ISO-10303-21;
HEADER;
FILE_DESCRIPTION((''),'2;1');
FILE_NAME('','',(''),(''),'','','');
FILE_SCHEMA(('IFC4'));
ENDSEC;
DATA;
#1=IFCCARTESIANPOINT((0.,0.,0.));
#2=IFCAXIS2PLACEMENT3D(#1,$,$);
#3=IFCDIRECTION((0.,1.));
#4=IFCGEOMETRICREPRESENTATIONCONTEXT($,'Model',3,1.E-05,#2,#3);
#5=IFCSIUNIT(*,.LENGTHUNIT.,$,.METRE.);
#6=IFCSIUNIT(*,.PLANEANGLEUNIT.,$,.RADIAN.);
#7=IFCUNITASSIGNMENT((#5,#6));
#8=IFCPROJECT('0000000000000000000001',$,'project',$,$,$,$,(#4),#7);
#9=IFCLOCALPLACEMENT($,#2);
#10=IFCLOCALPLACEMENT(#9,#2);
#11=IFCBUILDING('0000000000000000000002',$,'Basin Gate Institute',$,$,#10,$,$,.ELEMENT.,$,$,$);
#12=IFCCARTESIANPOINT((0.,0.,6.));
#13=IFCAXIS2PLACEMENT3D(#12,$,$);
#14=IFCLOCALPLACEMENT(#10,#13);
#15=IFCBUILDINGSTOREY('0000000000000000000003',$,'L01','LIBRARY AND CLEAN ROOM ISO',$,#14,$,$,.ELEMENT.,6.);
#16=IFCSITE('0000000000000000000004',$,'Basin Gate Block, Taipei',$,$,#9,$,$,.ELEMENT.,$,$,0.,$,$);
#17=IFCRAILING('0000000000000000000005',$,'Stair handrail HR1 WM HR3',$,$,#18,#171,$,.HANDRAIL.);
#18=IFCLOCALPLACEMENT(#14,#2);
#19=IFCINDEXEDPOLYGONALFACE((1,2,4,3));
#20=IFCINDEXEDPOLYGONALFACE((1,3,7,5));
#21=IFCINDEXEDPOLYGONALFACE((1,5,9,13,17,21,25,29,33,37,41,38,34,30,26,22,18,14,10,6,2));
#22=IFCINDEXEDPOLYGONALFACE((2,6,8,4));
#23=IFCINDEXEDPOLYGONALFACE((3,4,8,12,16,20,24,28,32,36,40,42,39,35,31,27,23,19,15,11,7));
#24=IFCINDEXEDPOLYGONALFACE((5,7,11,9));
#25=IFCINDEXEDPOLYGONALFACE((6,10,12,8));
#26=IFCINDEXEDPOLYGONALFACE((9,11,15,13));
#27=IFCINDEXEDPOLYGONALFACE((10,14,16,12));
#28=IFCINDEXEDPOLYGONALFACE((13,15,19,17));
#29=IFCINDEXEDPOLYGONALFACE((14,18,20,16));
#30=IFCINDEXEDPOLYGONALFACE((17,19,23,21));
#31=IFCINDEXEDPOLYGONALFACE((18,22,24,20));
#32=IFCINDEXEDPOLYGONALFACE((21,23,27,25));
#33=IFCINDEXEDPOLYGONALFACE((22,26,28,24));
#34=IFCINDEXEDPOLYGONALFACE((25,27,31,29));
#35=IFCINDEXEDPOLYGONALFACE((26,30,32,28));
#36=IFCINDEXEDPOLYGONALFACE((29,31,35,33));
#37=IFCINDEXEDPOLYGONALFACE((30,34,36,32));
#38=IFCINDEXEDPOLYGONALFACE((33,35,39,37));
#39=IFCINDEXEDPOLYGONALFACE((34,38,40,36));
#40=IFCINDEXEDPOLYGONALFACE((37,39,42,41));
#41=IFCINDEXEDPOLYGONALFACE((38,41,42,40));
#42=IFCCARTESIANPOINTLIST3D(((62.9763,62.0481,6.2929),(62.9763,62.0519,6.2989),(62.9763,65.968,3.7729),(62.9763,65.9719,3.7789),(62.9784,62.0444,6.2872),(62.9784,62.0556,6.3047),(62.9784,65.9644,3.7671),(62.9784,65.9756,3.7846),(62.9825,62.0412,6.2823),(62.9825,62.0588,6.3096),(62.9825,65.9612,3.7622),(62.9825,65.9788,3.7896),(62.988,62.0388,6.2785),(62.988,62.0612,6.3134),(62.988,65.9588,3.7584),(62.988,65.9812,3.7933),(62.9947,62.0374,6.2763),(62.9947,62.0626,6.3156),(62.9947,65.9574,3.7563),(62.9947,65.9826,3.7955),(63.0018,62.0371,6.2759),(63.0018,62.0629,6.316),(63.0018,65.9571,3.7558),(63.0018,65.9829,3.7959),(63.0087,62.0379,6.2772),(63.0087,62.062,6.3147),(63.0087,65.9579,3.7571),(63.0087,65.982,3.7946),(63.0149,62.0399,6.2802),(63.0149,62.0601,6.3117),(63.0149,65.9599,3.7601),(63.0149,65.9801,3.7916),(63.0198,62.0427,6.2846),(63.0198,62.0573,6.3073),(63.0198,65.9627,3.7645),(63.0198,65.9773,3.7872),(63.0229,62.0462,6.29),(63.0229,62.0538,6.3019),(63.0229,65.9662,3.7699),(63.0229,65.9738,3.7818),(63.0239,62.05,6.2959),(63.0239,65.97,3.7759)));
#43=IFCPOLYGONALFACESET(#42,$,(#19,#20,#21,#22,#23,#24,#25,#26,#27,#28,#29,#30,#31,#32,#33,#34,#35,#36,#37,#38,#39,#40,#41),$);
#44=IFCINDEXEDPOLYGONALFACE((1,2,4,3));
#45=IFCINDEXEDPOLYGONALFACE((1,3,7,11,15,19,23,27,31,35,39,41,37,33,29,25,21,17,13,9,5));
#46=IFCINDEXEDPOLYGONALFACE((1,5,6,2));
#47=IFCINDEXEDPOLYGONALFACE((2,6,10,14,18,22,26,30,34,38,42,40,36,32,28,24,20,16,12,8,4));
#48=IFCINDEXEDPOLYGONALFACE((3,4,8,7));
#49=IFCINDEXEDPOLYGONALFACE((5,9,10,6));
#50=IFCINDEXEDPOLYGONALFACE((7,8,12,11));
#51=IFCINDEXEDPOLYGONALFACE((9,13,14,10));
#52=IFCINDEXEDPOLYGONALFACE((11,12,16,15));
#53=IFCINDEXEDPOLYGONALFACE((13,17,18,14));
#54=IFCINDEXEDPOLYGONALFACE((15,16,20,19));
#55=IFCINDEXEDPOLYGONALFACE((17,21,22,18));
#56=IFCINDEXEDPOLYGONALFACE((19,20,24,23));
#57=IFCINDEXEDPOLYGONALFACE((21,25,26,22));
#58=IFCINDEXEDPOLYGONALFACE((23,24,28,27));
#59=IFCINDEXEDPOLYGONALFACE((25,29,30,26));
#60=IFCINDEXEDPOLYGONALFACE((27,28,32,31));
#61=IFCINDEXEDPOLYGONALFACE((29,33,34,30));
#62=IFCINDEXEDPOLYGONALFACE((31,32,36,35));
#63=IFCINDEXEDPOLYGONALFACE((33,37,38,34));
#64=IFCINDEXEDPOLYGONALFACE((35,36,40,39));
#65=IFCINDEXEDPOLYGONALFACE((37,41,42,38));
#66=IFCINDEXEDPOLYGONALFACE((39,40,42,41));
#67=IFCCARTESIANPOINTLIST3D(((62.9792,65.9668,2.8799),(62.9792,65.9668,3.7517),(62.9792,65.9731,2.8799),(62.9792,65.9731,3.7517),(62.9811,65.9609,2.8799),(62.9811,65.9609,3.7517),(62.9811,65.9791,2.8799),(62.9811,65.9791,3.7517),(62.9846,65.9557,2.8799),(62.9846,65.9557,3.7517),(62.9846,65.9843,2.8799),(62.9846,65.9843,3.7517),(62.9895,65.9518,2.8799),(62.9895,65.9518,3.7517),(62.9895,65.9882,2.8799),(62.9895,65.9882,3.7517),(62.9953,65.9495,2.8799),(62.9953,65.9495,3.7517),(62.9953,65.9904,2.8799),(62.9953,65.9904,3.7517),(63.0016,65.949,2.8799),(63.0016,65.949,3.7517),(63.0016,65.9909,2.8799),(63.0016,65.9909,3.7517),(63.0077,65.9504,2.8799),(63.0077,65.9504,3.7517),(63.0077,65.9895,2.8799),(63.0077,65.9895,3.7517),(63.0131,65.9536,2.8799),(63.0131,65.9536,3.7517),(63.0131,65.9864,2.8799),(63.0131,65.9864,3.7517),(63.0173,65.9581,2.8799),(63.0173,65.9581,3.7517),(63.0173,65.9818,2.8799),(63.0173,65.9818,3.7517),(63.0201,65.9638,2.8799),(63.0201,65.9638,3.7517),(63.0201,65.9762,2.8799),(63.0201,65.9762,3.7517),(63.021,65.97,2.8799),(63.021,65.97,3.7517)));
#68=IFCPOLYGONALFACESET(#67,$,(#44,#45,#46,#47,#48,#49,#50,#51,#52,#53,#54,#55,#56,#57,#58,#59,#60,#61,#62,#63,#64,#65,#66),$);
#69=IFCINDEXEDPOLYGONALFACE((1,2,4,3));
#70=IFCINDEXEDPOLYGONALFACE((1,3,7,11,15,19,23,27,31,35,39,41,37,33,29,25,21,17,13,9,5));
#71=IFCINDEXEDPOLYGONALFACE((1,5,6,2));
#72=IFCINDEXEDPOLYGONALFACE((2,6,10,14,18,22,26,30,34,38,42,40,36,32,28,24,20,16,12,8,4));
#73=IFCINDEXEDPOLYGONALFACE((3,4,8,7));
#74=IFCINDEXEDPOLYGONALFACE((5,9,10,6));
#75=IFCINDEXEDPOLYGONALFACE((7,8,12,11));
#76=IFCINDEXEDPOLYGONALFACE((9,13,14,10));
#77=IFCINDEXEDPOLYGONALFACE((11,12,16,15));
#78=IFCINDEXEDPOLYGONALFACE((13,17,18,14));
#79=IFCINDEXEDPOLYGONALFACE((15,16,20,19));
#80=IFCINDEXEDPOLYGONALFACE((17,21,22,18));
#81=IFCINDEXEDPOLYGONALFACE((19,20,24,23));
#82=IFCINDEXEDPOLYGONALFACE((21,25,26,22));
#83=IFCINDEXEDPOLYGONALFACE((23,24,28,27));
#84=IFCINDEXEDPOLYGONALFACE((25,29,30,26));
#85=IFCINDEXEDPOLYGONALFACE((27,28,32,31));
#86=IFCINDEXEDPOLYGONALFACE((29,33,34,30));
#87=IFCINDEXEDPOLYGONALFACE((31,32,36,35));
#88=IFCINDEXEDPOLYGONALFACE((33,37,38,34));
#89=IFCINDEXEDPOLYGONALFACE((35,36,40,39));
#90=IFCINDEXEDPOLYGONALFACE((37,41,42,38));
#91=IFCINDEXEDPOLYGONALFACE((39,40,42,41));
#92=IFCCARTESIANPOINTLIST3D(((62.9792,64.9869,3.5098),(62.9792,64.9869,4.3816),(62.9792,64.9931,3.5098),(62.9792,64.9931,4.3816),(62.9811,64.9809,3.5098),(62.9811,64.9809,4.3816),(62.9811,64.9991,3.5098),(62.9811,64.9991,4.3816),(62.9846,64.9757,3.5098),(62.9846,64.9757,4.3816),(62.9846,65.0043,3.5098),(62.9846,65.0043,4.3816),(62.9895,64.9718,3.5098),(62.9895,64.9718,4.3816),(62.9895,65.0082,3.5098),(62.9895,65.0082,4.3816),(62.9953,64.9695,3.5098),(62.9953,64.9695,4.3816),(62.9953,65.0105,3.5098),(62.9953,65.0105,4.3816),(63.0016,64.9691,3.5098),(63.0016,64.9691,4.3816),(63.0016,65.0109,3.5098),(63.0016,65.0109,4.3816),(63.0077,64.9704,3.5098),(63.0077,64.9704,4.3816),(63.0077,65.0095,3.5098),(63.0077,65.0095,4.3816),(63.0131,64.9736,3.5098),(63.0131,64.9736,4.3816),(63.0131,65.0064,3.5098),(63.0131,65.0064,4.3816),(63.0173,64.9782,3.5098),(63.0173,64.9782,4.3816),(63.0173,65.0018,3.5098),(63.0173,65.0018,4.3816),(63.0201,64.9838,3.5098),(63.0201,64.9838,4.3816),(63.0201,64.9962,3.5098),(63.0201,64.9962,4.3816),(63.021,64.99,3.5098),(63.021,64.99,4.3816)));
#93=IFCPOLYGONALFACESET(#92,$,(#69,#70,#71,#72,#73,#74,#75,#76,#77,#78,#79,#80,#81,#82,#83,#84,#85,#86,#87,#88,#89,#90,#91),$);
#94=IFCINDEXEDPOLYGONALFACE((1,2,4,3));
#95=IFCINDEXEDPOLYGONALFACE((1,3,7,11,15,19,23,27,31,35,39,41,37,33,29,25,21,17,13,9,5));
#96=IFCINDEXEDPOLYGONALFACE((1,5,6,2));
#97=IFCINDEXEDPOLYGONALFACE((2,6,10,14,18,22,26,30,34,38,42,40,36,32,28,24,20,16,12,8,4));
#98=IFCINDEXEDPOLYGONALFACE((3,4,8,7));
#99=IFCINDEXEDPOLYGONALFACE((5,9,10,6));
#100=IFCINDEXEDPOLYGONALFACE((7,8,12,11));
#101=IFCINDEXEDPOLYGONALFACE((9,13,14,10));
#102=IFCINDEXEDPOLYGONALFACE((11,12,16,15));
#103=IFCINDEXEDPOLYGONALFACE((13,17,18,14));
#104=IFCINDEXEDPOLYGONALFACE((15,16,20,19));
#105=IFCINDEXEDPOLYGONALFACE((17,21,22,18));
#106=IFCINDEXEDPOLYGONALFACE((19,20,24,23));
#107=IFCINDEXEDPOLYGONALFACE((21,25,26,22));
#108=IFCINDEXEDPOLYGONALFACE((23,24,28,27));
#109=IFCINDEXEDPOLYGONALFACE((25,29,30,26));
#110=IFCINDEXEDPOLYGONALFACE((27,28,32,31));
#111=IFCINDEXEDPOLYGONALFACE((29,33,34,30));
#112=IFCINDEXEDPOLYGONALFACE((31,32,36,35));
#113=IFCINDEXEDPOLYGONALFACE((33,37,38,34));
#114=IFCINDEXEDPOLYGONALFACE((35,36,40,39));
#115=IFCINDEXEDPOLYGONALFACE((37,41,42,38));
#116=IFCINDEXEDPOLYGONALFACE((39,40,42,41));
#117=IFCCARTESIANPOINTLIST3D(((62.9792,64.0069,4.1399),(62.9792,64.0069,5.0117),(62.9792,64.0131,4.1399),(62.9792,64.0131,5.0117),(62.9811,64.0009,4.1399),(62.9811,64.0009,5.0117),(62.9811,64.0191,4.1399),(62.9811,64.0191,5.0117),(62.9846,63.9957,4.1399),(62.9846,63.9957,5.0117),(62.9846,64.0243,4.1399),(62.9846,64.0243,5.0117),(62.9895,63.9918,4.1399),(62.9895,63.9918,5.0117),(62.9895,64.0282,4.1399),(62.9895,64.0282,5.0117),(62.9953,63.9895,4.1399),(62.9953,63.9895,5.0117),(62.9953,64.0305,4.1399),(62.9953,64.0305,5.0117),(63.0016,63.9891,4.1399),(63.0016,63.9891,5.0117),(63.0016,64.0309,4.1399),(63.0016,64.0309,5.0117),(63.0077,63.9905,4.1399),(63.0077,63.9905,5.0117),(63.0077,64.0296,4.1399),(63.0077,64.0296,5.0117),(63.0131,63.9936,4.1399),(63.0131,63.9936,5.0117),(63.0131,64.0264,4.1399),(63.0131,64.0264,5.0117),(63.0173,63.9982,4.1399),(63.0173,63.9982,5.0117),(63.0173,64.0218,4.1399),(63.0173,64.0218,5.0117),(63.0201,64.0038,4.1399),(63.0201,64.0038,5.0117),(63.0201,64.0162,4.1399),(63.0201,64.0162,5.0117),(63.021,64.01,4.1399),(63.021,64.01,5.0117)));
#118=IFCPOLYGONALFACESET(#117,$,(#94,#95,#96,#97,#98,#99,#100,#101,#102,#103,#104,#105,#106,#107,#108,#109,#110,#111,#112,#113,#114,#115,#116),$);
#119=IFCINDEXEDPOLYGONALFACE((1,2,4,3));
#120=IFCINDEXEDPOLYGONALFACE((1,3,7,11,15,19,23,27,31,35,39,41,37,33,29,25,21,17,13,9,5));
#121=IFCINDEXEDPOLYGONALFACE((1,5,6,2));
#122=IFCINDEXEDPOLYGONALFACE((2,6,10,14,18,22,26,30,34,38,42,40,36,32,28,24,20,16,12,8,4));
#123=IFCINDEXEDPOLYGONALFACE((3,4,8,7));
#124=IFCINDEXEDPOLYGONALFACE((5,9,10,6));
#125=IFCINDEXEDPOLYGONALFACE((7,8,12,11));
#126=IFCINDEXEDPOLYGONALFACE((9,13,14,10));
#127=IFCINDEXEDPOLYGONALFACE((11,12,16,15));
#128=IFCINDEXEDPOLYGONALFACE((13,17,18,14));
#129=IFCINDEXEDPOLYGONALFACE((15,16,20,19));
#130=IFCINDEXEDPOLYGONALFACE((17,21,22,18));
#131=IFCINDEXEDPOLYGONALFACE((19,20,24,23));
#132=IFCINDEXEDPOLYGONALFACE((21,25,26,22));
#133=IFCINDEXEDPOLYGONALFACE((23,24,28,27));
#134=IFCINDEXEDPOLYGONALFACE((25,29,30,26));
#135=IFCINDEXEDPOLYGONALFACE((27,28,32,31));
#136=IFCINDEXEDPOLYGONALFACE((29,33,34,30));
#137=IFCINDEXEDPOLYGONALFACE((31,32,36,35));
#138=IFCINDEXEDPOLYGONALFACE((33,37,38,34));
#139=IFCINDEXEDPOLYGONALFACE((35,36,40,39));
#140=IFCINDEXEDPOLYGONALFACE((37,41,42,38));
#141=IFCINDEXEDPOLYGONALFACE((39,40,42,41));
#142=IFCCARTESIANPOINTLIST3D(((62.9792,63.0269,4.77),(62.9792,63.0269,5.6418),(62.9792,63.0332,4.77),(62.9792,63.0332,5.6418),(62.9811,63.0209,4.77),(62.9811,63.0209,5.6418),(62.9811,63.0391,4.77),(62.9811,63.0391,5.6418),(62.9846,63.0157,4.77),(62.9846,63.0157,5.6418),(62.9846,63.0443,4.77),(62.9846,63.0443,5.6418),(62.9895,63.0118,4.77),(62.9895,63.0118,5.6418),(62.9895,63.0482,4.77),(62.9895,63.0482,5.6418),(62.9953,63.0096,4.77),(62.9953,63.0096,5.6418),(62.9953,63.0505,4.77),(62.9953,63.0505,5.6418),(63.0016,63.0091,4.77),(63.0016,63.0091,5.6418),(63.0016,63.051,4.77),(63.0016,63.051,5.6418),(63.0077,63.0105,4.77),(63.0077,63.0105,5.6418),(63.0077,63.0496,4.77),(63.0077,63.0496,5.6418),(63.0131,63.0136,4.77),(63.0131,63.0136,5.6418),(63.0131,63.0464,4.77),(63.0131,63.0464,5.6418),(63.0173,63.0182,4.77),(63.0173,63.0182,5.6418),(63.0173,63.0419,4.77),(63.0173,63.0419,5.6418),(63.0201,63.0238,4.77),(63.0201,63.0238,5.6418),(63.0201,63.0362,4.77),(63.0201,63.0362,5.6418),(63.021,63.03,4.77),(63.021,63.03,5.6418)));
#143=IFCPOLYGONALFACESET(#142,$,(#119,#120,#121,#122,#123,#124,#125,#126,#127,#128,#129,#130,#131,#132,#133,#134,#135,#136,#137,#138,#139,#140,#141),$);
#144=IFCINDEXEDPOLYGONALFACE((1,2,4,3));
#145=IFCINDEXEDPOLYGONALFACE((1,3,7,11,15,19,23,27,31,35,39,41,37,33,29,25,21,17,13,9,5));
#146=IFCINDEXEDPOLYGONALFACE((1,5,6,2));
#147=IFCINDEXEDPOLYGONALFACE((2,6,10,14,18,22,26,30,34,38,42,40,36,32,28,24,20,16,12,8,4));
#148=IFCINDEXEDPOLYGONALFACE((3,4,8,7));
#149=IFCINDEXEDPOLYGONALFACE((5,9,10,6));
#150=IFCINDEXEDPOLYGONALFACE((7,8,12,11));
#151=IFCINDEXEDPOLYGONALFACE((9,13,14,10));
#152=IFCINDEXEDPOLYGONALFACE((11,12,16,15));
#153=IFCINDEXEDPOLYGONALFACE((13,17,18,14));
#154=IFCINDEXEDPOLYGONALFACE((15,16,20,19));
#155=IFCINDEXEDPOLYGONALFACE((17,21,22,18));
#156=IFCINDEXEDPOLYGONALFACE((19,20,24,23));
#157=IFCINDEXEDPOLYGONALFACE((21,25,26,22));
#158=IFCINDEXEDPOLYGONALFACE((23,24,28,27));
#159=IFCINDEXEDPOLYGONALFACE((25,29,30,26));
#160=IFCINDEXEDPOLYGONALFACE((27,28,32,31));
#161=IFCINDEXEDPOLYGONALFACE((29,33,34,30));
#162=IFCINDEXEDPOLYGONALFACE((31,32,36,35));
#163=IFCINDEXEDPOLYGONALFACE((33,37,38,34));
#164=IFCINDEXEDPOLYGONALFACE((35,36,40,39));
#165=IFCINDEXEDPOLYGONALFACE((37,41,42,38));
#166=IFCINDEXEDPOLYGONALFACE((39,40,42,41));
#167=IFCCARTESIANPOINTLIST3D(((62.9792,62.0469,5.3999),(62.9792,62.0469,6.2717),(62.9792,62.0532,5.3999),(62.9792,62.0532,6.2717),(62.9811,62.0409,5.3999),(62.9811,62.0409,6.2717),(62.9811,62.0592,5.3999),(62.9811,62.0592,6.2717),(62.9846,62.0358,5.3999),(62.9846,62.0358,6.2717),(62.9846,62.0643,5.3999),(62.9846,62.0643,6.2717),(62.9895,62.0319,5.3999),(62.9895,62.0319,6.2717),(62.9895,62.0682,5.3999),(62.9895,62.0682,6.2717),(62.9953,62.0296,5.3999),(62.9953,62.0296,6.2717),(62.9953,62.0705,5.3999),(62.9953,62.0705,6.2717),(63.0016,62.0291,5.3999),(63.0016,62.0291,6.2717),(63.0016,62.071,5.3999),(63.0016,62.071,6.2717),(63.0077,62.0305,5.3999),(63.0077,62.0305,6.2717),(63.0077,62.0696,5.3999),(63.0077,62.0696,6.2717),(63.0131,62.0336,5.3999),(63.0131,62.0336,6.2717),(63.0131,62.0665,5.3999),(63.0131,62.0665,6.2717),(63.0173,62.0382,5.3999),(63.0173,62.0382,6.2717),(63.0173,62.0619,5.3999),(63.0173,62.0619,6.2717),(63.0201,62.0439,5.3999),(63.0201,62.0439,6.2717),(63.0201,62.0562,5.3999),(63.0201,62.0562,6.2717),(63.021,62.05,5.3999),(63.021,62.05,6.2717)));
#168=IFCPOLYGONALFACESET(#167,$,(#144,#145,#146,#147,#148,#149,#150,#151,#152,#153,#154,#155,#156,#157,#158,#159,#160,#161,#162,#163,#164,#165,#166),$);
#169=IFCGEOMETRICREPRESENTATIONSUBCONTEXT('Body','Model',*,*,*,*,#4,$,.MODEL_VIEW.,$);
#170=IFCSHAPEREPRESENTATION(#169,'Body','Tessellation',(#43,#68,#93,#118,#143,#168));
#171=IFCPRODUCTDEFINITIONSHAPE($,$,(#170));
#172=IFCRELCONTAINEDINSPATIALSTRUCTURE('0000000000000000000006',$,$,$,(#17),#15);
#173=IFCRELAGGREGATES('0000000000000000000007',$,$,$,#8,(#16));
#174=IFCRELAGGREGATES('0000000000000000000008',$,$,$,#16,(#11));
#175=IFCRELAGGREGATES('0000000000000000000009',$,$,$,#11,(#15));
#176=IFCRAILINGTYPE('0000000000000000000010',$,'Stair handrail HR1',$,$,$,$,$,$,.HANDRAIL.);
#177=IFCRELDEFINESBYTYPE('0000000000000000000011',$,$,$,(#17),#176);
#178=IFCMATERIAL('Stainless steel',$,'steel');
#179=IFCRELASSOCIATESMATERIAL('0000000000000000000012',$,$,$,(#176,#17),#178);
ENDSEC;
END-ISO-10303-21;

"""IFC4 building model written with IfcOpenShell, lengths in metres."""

from ifc_helpers import new_model, si_unit, direction, frame, origin, origin_2d, place, context, subcontext, project, spatial, circle, extrude, material, type_object, element, save


model = new_model("IFC4")

# Units and contexts
model_context = context("Model", 3, precision=1e-05, world=origin(), true_north=direction((0.0, 1.0)))
body_context = subcontext(model_context, "Body", "Model", "MODEL_VIEW")
ifc_project = project(units=[si_unit("LENGTHUNIT", "METRE"), si_unit("PLANEANGLEUNIT", "RADIAN")], contexts=[model_context])

# Site, building, storey
site_placement = place(None, origin())
site = spatial("IfcSite", under=ifc_project, at=site_placement, Name="Basin Gate Block, Taipei", CompositionType="ELEMENT", RefElevation=0.0)
building_placement = place(site_placement, origin())
building = spatial("IfcBuilding", under=site, at=building_placement, Name="Basin Gate Institute", CompositionType="ELEMENT")
storey_placement = place(building_placement, frame((0.0, 0.0, 6.0)))
storey = spatial("IfcBuildingStorey", under=building, at=storey_placement, Name="L01", Description="LIBRARY AND CLEAN ROOM ISO", CompositionType="ELEMENT", Elevation=6.0)

# Railing
ifc_material_1 = material(Name="Stainless steel", Category="steel")
railing_type_1 = type_object("IfcRailingType", Name="Stair handrail HR1", PredefinedType="HANDRAIL", material=ifc_material_1)
railing_1_placement = place(storey_placement, frame((63.0, 65.97, 2.8799)))
element("IfcRailing", 1, at=railing_1_placement, inside=storey, type_object=railing_type_1, material=ifc_material_1, Name="Stair handrail HR1 WM HR3", PredefinedType="HANDRAIL", context=body_context, shape_type="SweptSolid", body=[
    extrude(circle(Radius=0.0239, at=origin_2d()), frame((0.0, 0.0, 0.896), z_axis=(0.0, -0.841172, 0.540768), x_axis=(1.0, 0.0, 0.0)), (0.0, 0.0, 1.0), 4.6602),
    extrude(circle(Radius=0.021, at=origin_2d()), origin(), (0.0, 0.0, 1.0), 0.8718),
    extrude(circle(Radius=0.021, at=origin_2d()), frame((0.0, -0.98, 0.6299)), (0.0, 0.0, 1.0), 0.8718),
    extrude(circle(Radius=0.021, at=origin_2d()), frame((0.0, -1.96, 1.26)), (0.0, 0.0, 1.0), 0.8718),
    extrude(circle(Radius=0.021, at=origin_2d()), frame((0.0, -2.9399, 1.8901)), (0.0, 0.0, 1.0), 0.8718),
    extrude(circle(Radius=0.021, at=origin_2d()), frame((0.0, -3.9199, 2.52)), (0.0, 0.0, 1.0), 0.8718),
])

save(model, "model.ifc")
